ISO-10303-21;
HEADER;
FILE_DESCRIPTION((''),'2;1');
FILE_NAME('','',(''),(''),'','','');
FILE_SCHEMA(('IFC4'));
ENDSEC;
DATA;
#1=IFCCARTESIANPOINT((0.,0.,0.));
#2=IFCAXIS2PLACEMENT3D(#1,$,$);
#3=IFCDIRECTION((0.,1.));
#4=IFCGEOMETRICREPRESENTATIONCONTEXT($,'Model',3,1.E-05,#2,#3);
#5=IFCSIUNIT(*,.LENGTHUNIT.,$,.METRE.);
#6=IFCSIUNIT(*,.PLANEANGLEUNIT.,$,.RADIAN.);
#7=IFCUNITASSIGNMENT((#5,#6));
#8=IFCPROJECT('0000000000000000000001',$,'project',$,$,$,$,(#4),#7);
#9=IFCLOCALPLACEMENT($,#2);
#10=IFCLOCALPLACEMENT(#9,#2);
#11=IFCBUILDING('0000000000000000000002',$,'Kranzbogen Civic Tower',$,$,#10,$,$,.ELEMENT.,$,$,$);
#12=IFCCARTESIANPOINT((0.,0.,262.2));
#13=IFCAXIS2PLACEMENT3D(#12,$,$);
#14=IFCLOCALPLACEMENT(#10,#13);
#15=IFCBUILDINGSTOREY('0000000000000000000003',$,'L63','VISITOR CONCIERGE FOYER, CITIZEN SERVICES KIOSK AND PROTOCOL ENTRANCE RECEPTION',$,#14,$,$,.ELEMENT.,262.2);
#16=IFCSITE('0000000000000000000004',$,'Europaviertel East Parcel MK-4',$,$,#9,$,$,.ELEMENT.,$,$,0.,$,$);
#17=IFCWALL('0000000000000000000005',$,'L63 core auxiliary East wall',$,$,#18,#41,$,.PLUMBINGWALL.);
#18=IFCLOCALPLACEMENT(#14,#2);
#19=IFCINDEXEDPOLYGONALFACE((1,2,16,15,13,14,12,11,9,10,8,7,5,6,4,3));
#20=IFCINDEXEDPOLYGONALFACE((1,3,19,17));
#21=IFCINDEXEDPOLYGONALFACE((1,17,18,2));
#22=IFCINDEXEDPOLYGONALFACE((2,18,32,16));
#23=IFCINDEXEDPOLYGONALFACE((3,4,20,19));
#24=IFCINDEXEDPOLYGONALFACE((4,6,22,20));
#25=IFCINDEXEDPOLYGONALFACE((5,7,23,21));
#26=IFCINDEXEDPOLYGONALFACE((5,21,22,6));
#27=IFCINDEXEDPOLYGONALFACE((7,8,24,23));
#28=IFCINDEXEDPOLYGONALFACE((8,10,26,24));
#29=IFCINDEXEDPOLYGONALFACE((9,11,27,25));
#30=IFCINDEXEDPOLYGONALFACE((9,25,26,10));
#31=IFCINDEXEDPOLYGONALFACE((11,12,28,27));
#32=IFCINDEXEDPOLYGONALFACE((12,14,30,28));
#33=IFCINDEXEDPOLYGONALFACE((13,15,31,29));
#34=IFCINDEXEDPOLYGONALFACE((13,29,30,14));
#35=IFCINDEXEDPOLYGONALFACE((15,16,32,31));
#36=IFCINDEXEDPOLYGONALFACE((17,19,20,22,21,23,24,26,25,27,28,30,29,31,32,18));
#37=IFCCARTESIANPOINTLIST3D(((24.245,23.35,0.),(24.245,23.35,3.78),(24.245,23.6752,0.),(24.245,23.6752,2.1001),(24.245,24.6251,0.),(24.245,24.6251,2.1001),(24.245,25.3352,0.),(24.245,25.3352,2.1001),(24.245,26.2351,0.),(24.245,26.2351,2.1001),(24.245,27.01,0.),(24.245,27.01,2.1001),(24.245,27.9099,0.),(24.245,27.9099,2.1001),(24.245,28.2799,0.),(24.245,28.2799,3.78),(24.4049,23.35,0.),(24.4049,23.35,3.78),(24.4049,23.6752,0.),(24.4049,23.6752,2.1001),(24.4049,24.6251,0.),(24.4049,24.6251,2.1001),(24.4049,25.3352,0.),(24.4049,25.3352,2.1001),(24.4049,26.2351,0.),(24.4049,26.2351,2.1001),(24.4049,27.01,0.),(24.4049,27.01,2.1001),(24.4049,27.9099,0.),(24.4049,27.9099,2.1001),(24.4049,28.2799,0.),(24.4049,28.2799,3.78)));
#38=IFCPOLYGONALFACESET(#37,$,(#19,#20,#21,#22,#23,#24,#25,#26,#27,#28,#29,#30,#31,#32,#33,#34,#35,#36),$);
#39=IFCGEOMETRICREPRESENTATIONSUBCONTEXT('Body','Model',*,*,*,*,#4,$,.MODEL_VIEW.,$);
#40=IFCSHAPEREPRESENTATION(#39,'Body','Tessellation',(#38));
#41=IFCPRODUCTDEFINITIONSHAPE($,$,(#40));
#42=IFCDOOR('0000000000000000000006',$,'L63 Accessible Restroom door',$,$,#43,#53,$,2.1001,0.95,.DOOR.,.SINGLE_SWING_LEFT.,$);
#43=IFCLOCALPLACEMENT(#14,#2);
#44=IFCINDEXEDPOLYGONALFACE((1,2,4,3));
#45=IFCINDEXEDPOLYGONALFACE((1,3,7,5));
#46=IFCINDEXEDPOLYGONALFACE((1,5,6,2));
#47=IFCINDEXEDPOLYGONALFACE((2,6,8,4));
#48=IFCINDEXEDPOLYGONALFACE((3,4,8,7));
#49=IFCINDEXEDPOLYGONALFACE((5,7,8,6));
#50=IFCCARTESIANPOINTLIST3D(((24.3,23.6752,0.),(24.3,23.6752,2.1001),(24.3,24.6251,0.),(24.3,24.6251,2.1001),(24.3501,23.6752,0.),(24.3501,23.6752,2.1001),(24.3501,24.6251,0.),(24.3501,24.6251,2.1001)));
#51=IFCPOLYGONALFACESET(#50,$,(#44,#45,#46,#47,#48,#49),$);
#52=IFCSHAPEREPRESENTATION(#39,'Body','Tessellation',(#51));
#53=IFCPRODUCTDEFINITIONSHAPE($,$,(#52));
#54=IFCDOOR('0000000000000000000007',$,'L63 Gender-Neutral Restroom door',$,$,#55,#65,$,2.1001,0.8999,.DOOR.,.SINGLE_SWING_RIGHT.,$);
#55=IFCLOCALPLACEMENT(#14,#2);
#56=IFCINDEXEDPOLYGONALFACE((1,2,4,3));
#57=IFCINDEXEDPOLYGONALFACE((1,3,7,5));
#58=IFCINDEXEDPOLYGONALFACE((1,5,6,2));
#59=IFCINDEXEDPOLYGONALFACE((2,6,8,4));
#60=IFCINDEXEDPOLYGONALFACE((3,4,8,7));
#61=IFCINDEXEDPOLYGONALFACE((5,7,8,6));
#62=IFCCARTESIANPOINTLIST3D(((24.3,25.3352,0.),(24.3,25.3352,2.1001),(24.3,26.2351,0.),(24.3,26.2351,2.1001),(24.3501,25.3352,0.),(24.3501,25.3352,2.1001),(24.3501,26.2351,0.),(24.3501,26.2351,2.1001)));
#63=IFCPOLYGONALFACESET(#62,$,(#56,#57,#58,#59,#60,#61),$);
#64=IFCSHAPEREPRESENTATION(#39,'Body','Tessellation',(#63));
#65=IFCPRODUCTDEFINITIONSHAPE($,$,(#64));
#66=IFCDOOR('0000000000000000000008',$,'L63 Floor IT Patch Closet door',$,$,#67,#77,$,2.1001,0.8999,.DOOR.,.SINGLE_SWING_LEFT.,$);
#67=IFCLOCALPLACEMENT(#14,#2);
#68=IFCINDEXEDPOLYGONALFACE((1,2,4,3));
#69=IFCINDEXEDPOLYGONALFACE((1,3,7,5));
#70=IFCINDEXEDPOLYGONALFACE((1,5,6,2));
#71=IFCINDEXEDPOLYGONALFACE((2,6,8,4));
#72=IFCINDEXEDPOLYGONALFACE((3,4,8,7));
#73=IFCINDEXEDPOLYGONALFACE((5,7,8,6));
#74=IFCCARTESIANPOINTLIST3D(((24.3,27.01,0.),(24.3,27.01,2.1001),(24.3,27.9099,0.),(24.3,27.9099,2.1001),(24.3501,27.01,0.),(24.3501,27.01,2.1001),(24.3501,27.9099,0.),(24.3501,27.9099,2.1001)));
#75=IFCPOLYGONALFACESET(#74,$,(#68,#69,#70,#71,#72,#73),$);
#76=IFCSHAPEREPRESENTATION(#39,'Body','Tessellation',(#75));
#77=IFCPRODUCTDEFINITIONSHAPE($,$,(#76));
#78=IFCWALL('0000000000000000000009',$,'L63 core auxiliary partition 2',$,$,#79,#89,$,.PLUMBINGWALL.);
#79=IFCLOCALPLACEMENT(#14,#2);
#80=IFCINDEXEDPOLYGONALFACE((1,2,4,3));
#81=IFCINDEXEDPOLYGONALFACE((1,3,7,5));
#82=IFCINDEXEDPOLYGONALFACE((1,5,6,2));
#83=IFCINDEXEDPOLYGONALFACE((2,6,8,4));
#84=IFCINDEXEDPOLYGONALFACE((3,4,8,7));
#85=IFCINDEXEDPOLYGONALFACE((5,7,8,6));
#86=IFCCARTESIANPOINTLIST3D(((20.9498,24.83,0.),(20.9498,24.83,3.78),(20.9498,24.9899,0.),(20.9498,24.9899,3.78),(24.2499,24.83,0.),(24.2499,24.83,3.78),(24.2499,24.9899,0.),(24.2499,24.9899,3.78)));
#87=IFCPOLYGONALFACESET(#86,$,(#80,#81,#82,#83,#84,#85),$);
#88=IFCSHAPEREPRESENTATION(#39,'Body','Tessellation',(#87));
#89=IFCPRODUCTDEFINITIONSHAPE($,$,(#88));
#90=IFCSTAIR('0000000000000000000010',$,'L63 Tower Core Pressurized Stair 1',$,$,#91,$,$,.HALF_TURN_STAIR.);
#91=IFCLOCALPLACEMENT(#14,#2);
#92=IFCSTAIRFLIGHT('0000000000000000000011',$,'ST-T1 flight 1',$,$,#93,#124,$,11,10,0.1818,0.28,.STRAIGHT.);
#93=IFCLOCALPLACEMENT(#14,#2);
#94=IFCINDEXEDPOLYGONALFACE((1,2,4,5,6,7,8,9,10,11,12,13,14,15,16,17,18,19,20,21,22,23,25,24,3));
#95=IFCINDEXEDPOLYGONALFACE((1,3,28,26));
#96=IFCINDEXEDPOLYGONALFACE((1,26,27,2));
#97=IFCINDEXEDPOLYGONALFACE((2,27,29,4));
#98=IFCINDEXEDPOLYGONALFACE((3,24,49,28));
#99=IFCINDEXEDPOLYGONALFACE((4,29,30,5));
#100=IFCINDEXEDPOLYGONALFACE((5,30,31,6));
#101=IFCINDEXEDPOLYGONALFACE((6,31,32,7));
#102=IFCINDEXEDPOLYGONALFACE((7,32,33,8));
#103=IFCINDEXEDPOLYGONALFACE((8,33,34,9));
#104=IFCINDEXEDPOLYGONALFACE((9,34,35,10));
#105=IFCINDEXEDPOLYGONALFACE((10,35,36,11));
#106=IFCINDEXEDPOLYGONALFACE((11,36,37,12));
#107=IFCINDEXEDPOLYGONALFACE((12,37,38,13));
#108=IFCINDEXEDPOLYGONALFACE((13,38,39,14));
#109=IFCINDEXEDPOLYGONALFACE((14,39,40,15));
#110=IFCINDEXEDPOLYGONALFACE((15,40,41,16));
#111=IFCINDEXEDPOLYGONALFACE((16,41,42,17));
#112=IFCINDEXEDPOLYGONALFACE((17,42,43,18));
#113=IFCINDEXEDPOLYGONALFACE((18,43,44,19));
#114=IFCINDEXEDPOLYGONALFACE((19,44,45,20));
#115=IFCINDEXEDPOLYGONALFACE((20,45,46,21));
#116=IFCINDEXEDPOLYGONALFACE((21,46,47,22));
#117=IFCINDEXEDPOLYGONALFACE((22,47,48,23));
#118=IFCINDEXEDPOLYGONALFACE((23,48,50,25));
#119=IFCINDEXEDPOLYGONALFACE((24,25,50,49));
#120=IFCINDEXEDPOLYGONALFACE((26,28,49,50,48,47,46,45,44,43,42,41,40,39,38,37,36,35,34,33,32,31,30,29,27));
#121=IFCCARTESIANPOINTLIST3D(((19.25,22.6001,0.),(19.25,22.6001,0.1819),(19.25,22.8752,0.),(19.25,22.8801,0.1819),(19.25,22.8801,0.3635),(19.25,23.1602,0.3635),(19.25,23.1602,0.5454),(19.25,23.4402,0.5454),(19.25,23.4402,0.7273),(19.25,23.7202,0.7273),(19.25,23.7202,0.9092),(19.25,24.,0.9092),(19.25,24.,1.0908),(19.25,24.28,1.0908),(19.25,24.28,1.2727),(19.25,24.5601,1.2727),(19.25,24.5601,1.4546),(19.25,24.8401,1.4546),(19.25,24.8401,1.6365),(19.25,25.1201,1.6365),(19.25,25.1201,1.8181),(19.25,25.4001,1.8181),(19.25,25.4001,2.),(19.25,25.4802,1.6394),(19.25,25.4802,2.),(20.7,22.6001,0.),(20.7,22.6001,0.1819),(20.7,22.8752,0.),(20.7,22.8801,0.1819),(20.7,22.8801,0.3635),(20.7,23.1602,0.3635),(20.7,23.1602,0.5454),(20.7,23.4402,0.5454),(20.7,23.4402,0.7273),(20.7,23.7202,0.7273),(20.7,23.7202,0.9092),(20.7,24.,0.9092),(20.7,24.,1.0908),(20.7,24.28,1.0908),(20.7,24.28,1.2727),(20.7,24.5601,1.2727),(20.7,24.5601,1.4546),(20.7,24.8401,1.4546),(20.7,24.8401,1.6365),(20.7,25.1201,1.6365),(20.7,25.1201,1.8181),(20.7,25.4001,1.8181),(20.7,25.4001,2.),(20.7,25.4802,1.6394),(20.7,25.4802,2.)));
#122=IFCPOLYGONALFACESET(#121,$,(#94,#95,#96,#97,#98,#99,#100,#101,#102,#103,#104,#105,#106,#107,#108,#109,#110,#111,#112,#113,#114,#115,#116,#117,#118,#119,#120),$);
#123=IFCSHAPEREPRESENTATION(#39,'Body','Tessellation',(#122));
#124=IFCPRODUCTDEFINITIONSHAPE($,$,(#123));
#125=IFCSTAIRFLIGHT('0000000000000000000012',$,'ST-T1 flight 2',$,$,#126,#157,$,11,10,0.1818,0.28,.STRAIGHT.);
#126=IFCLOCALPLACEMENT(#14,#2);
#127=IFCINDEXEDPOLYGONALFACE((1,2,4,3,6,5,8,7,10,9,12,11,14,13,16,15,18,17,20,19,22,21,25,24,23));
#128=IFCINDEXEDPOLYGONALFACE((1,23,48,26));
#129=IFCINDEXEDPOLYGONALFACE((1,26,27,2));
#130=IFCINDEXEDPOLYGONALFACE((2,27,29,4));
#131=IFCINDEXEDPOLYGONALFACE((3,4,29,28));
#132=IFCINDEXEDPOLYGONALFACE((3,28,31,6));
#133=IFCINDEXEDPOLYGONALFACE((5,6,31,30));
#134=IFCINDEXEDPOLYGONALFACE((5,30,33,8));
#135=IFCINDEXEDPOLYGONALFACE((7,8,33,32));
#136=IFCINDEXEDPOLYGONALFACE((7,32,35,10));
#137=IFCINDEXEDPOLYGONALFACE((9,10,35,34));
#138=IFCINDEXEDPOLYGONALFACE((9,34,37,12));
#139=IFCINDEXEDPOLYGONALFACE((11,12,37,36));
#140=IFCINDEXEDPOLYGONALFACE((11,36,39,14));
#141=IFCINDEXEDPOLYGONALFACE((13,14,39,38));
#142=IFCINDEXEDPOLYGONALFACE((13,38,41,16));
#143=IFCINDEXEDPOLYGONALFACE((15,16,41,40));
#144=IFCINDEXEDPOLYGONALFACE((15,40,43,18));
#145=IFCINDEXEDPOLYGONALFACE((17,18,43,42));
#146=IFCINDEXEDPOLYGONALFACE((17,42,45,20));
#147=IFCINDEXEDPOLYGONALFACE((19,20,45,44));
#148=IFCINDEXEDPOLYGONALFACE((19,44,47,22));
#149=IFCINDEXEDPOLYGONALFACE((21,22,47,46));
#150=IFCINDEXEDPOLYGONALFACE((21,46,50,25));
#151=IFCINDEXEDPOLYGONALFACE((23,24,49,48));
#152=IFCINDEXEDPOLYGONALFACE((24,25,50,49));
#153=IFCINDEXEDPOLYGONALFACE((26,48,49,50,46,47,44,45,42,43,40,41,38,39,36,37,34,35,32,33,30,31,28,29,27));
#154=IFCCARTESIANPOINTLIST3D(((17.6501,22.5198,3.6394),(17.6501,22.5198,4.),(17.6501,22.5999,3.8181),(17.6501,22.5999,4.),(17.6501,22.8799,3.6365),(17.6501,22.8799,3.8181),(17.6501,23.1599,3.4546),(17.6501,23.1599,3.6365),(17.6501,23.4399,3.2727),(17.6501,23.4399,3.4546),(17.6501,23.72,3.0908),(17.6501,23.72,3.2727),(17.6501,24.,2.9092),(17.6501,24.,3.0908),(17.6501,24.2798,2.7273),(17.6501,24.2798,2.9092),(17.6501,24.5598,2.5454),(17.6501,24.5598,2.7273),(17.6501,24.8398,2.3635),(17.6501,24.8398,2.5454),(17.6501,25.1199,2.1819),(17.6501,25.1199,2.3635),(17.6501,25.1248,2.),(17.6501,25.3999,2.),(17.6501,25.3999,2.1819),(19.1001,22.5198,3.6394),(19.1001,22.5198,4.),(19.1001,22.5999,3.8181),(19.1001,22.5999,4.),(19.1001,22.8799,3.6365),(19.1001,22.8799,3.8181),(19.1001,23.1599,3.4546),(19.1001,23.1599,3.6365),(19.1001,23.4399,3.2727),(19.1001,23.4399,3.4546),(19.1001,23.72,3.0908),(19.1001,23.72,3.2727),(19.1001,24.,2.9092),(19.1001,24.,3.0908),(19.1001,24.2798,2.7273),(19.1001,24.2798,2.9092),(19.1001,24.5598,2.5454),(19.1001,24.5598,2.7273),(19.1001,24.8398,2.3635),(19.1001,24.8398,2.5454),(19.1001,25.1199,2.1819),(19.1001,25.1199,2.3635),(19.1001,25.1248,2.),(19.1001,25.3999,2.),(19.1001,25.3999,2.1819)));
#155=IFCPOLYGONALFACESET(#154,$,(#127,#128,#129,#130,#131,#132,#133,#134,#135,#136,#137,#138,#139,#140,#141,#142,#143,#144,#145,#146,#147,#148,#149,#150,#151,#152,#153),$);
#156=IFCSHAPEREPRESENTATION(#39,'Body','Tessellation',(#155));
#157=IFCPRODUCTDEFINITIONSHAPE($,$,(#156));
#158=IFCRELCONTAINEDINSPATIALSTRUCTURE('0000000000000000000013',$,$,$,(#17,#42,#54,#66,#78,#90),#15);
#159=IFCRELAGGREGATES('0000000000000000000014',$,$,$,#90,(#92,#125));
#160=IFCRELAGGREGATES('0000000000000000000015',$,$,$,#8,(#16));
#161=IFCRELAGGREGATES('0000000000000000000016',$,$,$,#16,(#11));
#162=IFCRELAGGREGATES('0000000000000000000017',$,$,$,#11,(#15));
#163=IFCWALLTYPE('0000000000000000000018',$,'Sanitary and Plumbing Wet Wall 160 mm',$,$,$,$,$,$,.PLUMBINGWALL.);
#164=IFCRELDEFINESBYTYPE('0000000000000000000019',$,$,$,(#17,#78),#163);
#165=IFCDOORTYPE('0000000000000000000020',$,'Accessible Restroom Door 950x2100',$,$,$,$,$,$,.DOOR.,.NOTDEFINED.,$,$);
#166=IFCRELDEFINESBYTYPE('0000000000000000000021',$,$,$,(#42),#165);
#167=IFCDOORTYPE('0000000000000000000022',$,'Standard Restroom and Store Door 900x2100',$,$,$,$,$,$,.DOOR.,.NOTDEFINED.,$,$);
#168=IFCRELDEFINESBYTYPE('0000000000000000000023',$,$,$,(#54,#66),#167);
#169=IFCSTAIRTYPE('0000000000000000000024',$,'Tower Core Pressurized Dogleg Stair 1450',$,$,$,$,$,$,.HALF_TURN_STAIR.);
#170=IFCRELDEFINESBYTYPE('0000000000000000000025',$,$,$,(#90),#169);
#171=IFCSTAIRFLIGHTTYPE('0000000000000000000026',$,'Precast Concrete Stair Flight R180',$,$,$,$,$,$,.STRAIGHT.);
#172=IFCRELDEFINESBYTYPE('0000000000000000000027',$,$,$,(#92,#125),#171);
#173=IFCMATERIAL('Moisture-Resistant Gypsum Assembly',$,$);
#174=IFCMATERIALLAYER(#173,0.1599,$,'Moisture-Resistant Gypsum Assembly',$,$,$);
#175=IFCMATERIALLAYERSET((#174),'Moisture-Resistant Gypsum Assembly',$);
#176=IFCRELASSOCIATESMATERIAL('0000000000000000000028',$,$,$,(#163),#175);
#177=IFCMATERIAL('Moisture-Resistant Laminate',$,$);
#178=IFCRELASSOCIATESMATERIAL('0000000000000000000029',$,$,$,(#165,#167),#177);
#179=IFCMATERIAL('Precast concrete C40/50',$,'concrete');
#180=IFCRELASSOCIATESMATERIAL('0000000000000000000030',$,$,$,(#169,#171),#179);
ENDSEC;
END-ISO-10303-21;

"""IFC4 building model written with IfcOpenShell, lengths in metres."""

from ifc_helpers import new_model, si_unit, direction, frame, frame_2d, origin, place, context, subcontext, project, spatial, polyline, rectangle, outline, extrude, material, layer, layer_set, type_object, element, fill, aggregate, save


model = new_model("IFC4")

# Units and contexts
model_context = context("Model", 3, precision=1e-05, world=origin(), true_north=direction((0.0, 1.0)))
body_context = subcontext(model_context, "Body", "Model", "MODEL_VIEW")
ifc_project = project(units=[si_unit("LENGTHUNIT", "METRE"), si_unit("PLANEANGLEUNIT", "RADIAN")], contexts=[model_context])

# Site, building, storey
site_placement = place(None, origin())
site = spatial("IfcSite", under=ifc_project, at=site_placement, Name="Europaviertel East Parcel MK-4", CompositionType="ELEMENT", RefElevation=0.0)
building_placement = place(site_placement, origin())
building = spatial("IfcBuilding", under=site, at=building_placement, Name="Kranzbogen Civic Tower", CompositionType="ELEMENT")
storey_placement = place(building_placement, frame((0.0, 0.0, 262.2)))
storey = spatial("IfcBuildingStorey", under=building, at=storey_placement, Name="L63", Description="VISITOR CONCIERGE FOYER, CITIZEN SERVICES KIOSK AND PROTOCOL ENTRANCE RECEPTION", CompositionType="ELEMENT", Elevation=262.2)

# Wall, openings, doors
ifc_material_1 = material(Name="Moisture-Resistant Gypsum Assembly")
ifc_layer_1 = layer(ifc_material_1, 0.1599, Name="Moisture-Resistant Gypsum Assembly")
ifc_layer_set_1 = layer_set([ifc_layer_1], Name="Moisture-Resistant Gypsum Assembly")
wall_type_1 = type_object("IfcWallType", Name="Sanitary and Plumbing Wet Wall 160 mm", PredefinedType="PLUMBINGWALL", material=ifc_layer_set_1)
wall_1_placement = place(storey_placement, frame((24.325, 23.3501, 0.0), z_axis=(0.0, 0.0, 1.0), x_axis=(0.0, 1.0, 0.0)))
wall_1 = element("IfcWall", 1, at=wall_1_placement, inside=storey, type_object=wall_type_1, Name="L63 core auxiliary East wall", PredefinedType="PLUMBINGWALL", context=body_context, shape_type="SweptSolid", body=[
    extrude(rectangle(XDim=4.9299, YDim=0.1599, at=frame_2d((2.4648, 0.0))), origin(), (0.0, 0.0, 1.0), 3.78),
])
opening_1_placement = place(wall_1_placement, frame((0.325, 0.0, 0.0)))
opening_1 = element("IfcOpeningElement", 2, at=opening_1_placement, cuts=wall_1, PredefinedType="OPENING", context=body_context, shape_type="SweptSolid", body=[
    extrude(rectangle(XDim=0.95, YDim=2.1001, at=frame_2d((0.4751, 1.05))), frame((0.0, 0.0898, 0.0), z_axis=(0.0, -1.0, 0.0), x_axis=(1.0, 0.0, 0.0)), (0.0, 0.0, 1.0), 0.1799),
])
opening_2_placement = place(wall_1_placement, frame((1.9851, 0.0, 0.0)))
opening_2 = element("IfcOpeningElement", 3, at=opening_2_placement, cuts=wall_1, PredefinedType="OPENING", context=body_context, shape_type="SweptSolid", body=[
    extrude(rectangle(XDim=0.8999, YDim=2.1001, at=frame_2d((0.45, 1.05))), frame((0.0, 0.0898, 0.0), z_axis=(0.0, -1.0, 0.0), x_axis=(1.0, 0.0, 0.0)), (0.0, 0.0, 1.0), 0.1799),
])
opening_3_placement = place(wall_1_placement, frame((3.6599, 0.0, 0.0)))
opening_3 = element("IfcOpeningElement", 4, at=opening_3_placement, cuts=wall_1, PredefinedType="OPENING", context=body_context, shape_type="SweptSolid", body=[
    extrude(rectangle(XDim=0.8999, YDim=2.1001, at=frame_2d((0.45, 1.05))), frame((0.0, 0.0898, 0.0), z_axis=(0.0, -1.0, 0.0), x_axis=(1.0, 0.0, 0.0)), (0.0, 0.0, 1.0), 0.1799),
])
ifc_material_2 = material(Name="Moisture-Resistant Laminate")
door_type_1 = type_object("IfcDoorType", Name="Accessible Restroom Door 950x2100", OperationType="NOTDEFINED", PredefinedType="DOOR", material=ifc_material_2)
door_1_placement = place(opening_1_placement, origin())
door_1 = element("IfcDoor", 5, at=door_1_placement, inside=storey, type_object=door_type_1, Name="L63 Accessible Restroom door", OperationType="SINGLE_SWING_LEFT", OverallHeight=2.1001, OverallWidth=0.95, PredefinedType="DOOR", context=body_context, shape_type="SweptSolid", body=[
    extrude(rectangle(XDim=0.95, YDim=2.1001, at=frame_2d((0.4751, 1.05))), frame((0.0, 0.0249, 0.0), z_axis=(0.0, -1.0, 0.0), x_axis=(1.0, 0.0, 0.0)), (0.0, 0.0, 1.0), 0.05),
])
fill(opening_1, door_1)
door_type_2 = type_object("IfcDoorType", Name="Standard Restroom and Store Door 900x2100", OperationType="NOTDEFINED", PredefinedType="DOOR", material=ifc_material_2)
door_2_placement = place(opening_2_placement, origin())
door_2 = element("IfcDoor", 6, at=door_2_placement, inside=storey, type_object=door_type_2, Name="L63 Gender-Neutral Restroom door", OperationType="SINGLE_SWING_RIGHT", OverallHeight=2.1001, OverallWidth=0.8999, PredefinedType="DOOR", context=body_context, shape_type="SweptSolid", body=[
    extrude(rectangle(XDim=0.8999, YDim=2.1001, at=frame_2d((0.45, 1.05))), frame((0.0, 0.0249, 0.0), z_axis=(0.0, -1.0, 0.0), x_axis=(1.0, 0.0, 0.0)), (0.0, 0.0, 1.0), 0.05),
])
fill(opening_2, door_2)
door_3_placement = place(opening_3_placement, origin())
door_3 = element("IfcDoor", 7, at=door_3_placement, inside=storey, type_object=door_type_2, Name="L63 Floor IT Patch Closet door", OperationType="SINGLE_SWING_LEFT", OverallHeight=2.1001, OverallWidth=0.8999, PredefinedType="DOOR", context=body_context, shape_type="SweptSolid", body=[
    extrude(rectangle(XDim=0.8999, YDim=2.1001, at=frame_2d((0.45, 1.05))), frame((0.0, 0.0249, 0.0), z_axis=(0.0, -1.0, 0.0), x_axis=(1.0, 0.0, 0.0)), (0.0, 0.0, 1.0), 0.05),
])
fill(opening_3, door_3)

# Wall
wall_2_placement = place(storey_placement, frame((20.95, 24.9099, 0.0), z_axis=(0.0, 0.0, 1.0), x_axis=(1.0, 0.0, 0.0)))
element("IfcWall", 8, at=wall_2_placement, inside=storey, type_object=wall_type_1, Name="L63 core auxiliary partition 2", PredefinedType="PLUMBINGWALL", context=body_context, shape_type="SweptSolid", body=[
    extrude(rectangle(XDim=3.3, YDim=0.1599, at=frame_2d((1.6499, 0.0))), origin(), (0.0, 0.0, 1.0), 3.78),
])

# Stair, stair flights
ifc_material_3 = material(Name="Precast concrete C40/50", Category="concrete")
stair_type = type_object("IfcStairType", Name="Tower Core Pressurized Dogleg Stair 1450", PredefinedType="HALF_TURN_STAIR", material=ifc_material_3)
stair_placement = place(storey_placement, origin())
stair = element("IfcStair", 9, at=stair_placement, inside=storey, type_object=stair_type, Name="L63 Tower Core Pressurized Stair 1", PredefinedType="HALF_TURN_STAIR")
stair_flight_type = type_object("IfcStairFlightType", Name="Precast Concrete Stair Flight R180", PredefinedType="STRAIGHT", material=ifc_material_3)
stair_flight_1_placement = place(storey_placement, frame((19.9751, 22.6001, 0.0), z_axis=(0.0, 0.0, 1.0), x_axis=(0.0, 1.0, 0.0)))
stair_flight_1 = element("IfcStairFlight", 10, at=stair_flight_1_placement, type_object=stair_flight_type, Name="ST-T1 flight 1", NumberOfRisers=11, NumberOfTreads=10, PredefinedType="STRAIGHT", RiserHeight=0.1818, TreadLength=0.28, context=body_context, shape_type="SweptSolid", body=[
    extrude(outline(polyline([(0.0, 0.0), (0.0, 0.1819), (0.28, 0.1819), (0.28, 0.3635), (0.5601, 0.3635), (0.5601, 0.5454), (0.8401, 0.5454), (0.8401, 0.7273), (1.1201, 0.7273), (1.1201, 0.9092), (1.3999, 0.9092), (1.3999, 1.0908), (1.6799, 1.0908), (1.6799, 1.2727), (1.96, 1.2727), (1.96, 1.4546), (2.24, 1.4546), (2.24, 1.6365), (2.52, 1.6365), (2.52, 1.8181), (2.8, 1.8181), (2.8, 2.0), (2.8801, 2.0), (2.8801, 1.6394), (0.2751, 0.0), (0.0, 0.0)])), frame((0.0, 0.7251, 0.0), z_axis=(0.0, -1.0, 0.0), x_axis=(1.0, 0.0, 0.0)), (0.0, 0.0, 1.0), 1.45),
])
stair_flight_2_placement = place(storey_placement, frame((18.375, 25.3999, 2.0), z_axis=(0.0, 0.0, 1.0), x_axis=(0.0, -1.0, 0.0)))
stair_flight_2 = element("IfcStairFlight", 11, at=stair_flight_2_placement, type_object=stair_flight_type, Name="ST-T1 flight 2", NumberOfRisers=11, NumberOfTreads=10, PredefinedType="STRAIGHT", RiserHeight=0.1818, TreadLength=0.28, context=body_context, shape_type="SweptSolid", body=[
    extrude(outline(polyline([(0.0, 0.0), (0.0, 0.1819), (0.28, 0.1819), (0.28, 0.3635), (0.5601, 0.3635), (0.5601, 0.5454), (0.8401, 0.5454), (0.8401, 0.7273), (1.1201, 0.7273), (1.1201, 0.9092), (1.3999, 0.9092), (1.3999, 1.0908), (1.6799, 1.0908), (1.6799, 1.2727), (1.96, 1.2727), (1.96, 1.4546), (2.24, 1.4546), (2.24, 1.6365), (2.52, 1.6365), (2.52, 1.8181), (2.8, 1.8181), (2.8, 2.0), (2.8801, 2.0), (2.8801, 1.6394), (0.2751, 0.0), (0.0, 0.0)])), frame((0.0, 0.7251, 0.0), z_axis=(0.0, -1.0, 0.0), x_axis=(1.0, 0.0, 0.0)), (0.0, 0.0, 1.0), 1.45),
])
aggregate(stair, [stair_flight_1, stair_flight_2])

save(model, "model.ifc")
